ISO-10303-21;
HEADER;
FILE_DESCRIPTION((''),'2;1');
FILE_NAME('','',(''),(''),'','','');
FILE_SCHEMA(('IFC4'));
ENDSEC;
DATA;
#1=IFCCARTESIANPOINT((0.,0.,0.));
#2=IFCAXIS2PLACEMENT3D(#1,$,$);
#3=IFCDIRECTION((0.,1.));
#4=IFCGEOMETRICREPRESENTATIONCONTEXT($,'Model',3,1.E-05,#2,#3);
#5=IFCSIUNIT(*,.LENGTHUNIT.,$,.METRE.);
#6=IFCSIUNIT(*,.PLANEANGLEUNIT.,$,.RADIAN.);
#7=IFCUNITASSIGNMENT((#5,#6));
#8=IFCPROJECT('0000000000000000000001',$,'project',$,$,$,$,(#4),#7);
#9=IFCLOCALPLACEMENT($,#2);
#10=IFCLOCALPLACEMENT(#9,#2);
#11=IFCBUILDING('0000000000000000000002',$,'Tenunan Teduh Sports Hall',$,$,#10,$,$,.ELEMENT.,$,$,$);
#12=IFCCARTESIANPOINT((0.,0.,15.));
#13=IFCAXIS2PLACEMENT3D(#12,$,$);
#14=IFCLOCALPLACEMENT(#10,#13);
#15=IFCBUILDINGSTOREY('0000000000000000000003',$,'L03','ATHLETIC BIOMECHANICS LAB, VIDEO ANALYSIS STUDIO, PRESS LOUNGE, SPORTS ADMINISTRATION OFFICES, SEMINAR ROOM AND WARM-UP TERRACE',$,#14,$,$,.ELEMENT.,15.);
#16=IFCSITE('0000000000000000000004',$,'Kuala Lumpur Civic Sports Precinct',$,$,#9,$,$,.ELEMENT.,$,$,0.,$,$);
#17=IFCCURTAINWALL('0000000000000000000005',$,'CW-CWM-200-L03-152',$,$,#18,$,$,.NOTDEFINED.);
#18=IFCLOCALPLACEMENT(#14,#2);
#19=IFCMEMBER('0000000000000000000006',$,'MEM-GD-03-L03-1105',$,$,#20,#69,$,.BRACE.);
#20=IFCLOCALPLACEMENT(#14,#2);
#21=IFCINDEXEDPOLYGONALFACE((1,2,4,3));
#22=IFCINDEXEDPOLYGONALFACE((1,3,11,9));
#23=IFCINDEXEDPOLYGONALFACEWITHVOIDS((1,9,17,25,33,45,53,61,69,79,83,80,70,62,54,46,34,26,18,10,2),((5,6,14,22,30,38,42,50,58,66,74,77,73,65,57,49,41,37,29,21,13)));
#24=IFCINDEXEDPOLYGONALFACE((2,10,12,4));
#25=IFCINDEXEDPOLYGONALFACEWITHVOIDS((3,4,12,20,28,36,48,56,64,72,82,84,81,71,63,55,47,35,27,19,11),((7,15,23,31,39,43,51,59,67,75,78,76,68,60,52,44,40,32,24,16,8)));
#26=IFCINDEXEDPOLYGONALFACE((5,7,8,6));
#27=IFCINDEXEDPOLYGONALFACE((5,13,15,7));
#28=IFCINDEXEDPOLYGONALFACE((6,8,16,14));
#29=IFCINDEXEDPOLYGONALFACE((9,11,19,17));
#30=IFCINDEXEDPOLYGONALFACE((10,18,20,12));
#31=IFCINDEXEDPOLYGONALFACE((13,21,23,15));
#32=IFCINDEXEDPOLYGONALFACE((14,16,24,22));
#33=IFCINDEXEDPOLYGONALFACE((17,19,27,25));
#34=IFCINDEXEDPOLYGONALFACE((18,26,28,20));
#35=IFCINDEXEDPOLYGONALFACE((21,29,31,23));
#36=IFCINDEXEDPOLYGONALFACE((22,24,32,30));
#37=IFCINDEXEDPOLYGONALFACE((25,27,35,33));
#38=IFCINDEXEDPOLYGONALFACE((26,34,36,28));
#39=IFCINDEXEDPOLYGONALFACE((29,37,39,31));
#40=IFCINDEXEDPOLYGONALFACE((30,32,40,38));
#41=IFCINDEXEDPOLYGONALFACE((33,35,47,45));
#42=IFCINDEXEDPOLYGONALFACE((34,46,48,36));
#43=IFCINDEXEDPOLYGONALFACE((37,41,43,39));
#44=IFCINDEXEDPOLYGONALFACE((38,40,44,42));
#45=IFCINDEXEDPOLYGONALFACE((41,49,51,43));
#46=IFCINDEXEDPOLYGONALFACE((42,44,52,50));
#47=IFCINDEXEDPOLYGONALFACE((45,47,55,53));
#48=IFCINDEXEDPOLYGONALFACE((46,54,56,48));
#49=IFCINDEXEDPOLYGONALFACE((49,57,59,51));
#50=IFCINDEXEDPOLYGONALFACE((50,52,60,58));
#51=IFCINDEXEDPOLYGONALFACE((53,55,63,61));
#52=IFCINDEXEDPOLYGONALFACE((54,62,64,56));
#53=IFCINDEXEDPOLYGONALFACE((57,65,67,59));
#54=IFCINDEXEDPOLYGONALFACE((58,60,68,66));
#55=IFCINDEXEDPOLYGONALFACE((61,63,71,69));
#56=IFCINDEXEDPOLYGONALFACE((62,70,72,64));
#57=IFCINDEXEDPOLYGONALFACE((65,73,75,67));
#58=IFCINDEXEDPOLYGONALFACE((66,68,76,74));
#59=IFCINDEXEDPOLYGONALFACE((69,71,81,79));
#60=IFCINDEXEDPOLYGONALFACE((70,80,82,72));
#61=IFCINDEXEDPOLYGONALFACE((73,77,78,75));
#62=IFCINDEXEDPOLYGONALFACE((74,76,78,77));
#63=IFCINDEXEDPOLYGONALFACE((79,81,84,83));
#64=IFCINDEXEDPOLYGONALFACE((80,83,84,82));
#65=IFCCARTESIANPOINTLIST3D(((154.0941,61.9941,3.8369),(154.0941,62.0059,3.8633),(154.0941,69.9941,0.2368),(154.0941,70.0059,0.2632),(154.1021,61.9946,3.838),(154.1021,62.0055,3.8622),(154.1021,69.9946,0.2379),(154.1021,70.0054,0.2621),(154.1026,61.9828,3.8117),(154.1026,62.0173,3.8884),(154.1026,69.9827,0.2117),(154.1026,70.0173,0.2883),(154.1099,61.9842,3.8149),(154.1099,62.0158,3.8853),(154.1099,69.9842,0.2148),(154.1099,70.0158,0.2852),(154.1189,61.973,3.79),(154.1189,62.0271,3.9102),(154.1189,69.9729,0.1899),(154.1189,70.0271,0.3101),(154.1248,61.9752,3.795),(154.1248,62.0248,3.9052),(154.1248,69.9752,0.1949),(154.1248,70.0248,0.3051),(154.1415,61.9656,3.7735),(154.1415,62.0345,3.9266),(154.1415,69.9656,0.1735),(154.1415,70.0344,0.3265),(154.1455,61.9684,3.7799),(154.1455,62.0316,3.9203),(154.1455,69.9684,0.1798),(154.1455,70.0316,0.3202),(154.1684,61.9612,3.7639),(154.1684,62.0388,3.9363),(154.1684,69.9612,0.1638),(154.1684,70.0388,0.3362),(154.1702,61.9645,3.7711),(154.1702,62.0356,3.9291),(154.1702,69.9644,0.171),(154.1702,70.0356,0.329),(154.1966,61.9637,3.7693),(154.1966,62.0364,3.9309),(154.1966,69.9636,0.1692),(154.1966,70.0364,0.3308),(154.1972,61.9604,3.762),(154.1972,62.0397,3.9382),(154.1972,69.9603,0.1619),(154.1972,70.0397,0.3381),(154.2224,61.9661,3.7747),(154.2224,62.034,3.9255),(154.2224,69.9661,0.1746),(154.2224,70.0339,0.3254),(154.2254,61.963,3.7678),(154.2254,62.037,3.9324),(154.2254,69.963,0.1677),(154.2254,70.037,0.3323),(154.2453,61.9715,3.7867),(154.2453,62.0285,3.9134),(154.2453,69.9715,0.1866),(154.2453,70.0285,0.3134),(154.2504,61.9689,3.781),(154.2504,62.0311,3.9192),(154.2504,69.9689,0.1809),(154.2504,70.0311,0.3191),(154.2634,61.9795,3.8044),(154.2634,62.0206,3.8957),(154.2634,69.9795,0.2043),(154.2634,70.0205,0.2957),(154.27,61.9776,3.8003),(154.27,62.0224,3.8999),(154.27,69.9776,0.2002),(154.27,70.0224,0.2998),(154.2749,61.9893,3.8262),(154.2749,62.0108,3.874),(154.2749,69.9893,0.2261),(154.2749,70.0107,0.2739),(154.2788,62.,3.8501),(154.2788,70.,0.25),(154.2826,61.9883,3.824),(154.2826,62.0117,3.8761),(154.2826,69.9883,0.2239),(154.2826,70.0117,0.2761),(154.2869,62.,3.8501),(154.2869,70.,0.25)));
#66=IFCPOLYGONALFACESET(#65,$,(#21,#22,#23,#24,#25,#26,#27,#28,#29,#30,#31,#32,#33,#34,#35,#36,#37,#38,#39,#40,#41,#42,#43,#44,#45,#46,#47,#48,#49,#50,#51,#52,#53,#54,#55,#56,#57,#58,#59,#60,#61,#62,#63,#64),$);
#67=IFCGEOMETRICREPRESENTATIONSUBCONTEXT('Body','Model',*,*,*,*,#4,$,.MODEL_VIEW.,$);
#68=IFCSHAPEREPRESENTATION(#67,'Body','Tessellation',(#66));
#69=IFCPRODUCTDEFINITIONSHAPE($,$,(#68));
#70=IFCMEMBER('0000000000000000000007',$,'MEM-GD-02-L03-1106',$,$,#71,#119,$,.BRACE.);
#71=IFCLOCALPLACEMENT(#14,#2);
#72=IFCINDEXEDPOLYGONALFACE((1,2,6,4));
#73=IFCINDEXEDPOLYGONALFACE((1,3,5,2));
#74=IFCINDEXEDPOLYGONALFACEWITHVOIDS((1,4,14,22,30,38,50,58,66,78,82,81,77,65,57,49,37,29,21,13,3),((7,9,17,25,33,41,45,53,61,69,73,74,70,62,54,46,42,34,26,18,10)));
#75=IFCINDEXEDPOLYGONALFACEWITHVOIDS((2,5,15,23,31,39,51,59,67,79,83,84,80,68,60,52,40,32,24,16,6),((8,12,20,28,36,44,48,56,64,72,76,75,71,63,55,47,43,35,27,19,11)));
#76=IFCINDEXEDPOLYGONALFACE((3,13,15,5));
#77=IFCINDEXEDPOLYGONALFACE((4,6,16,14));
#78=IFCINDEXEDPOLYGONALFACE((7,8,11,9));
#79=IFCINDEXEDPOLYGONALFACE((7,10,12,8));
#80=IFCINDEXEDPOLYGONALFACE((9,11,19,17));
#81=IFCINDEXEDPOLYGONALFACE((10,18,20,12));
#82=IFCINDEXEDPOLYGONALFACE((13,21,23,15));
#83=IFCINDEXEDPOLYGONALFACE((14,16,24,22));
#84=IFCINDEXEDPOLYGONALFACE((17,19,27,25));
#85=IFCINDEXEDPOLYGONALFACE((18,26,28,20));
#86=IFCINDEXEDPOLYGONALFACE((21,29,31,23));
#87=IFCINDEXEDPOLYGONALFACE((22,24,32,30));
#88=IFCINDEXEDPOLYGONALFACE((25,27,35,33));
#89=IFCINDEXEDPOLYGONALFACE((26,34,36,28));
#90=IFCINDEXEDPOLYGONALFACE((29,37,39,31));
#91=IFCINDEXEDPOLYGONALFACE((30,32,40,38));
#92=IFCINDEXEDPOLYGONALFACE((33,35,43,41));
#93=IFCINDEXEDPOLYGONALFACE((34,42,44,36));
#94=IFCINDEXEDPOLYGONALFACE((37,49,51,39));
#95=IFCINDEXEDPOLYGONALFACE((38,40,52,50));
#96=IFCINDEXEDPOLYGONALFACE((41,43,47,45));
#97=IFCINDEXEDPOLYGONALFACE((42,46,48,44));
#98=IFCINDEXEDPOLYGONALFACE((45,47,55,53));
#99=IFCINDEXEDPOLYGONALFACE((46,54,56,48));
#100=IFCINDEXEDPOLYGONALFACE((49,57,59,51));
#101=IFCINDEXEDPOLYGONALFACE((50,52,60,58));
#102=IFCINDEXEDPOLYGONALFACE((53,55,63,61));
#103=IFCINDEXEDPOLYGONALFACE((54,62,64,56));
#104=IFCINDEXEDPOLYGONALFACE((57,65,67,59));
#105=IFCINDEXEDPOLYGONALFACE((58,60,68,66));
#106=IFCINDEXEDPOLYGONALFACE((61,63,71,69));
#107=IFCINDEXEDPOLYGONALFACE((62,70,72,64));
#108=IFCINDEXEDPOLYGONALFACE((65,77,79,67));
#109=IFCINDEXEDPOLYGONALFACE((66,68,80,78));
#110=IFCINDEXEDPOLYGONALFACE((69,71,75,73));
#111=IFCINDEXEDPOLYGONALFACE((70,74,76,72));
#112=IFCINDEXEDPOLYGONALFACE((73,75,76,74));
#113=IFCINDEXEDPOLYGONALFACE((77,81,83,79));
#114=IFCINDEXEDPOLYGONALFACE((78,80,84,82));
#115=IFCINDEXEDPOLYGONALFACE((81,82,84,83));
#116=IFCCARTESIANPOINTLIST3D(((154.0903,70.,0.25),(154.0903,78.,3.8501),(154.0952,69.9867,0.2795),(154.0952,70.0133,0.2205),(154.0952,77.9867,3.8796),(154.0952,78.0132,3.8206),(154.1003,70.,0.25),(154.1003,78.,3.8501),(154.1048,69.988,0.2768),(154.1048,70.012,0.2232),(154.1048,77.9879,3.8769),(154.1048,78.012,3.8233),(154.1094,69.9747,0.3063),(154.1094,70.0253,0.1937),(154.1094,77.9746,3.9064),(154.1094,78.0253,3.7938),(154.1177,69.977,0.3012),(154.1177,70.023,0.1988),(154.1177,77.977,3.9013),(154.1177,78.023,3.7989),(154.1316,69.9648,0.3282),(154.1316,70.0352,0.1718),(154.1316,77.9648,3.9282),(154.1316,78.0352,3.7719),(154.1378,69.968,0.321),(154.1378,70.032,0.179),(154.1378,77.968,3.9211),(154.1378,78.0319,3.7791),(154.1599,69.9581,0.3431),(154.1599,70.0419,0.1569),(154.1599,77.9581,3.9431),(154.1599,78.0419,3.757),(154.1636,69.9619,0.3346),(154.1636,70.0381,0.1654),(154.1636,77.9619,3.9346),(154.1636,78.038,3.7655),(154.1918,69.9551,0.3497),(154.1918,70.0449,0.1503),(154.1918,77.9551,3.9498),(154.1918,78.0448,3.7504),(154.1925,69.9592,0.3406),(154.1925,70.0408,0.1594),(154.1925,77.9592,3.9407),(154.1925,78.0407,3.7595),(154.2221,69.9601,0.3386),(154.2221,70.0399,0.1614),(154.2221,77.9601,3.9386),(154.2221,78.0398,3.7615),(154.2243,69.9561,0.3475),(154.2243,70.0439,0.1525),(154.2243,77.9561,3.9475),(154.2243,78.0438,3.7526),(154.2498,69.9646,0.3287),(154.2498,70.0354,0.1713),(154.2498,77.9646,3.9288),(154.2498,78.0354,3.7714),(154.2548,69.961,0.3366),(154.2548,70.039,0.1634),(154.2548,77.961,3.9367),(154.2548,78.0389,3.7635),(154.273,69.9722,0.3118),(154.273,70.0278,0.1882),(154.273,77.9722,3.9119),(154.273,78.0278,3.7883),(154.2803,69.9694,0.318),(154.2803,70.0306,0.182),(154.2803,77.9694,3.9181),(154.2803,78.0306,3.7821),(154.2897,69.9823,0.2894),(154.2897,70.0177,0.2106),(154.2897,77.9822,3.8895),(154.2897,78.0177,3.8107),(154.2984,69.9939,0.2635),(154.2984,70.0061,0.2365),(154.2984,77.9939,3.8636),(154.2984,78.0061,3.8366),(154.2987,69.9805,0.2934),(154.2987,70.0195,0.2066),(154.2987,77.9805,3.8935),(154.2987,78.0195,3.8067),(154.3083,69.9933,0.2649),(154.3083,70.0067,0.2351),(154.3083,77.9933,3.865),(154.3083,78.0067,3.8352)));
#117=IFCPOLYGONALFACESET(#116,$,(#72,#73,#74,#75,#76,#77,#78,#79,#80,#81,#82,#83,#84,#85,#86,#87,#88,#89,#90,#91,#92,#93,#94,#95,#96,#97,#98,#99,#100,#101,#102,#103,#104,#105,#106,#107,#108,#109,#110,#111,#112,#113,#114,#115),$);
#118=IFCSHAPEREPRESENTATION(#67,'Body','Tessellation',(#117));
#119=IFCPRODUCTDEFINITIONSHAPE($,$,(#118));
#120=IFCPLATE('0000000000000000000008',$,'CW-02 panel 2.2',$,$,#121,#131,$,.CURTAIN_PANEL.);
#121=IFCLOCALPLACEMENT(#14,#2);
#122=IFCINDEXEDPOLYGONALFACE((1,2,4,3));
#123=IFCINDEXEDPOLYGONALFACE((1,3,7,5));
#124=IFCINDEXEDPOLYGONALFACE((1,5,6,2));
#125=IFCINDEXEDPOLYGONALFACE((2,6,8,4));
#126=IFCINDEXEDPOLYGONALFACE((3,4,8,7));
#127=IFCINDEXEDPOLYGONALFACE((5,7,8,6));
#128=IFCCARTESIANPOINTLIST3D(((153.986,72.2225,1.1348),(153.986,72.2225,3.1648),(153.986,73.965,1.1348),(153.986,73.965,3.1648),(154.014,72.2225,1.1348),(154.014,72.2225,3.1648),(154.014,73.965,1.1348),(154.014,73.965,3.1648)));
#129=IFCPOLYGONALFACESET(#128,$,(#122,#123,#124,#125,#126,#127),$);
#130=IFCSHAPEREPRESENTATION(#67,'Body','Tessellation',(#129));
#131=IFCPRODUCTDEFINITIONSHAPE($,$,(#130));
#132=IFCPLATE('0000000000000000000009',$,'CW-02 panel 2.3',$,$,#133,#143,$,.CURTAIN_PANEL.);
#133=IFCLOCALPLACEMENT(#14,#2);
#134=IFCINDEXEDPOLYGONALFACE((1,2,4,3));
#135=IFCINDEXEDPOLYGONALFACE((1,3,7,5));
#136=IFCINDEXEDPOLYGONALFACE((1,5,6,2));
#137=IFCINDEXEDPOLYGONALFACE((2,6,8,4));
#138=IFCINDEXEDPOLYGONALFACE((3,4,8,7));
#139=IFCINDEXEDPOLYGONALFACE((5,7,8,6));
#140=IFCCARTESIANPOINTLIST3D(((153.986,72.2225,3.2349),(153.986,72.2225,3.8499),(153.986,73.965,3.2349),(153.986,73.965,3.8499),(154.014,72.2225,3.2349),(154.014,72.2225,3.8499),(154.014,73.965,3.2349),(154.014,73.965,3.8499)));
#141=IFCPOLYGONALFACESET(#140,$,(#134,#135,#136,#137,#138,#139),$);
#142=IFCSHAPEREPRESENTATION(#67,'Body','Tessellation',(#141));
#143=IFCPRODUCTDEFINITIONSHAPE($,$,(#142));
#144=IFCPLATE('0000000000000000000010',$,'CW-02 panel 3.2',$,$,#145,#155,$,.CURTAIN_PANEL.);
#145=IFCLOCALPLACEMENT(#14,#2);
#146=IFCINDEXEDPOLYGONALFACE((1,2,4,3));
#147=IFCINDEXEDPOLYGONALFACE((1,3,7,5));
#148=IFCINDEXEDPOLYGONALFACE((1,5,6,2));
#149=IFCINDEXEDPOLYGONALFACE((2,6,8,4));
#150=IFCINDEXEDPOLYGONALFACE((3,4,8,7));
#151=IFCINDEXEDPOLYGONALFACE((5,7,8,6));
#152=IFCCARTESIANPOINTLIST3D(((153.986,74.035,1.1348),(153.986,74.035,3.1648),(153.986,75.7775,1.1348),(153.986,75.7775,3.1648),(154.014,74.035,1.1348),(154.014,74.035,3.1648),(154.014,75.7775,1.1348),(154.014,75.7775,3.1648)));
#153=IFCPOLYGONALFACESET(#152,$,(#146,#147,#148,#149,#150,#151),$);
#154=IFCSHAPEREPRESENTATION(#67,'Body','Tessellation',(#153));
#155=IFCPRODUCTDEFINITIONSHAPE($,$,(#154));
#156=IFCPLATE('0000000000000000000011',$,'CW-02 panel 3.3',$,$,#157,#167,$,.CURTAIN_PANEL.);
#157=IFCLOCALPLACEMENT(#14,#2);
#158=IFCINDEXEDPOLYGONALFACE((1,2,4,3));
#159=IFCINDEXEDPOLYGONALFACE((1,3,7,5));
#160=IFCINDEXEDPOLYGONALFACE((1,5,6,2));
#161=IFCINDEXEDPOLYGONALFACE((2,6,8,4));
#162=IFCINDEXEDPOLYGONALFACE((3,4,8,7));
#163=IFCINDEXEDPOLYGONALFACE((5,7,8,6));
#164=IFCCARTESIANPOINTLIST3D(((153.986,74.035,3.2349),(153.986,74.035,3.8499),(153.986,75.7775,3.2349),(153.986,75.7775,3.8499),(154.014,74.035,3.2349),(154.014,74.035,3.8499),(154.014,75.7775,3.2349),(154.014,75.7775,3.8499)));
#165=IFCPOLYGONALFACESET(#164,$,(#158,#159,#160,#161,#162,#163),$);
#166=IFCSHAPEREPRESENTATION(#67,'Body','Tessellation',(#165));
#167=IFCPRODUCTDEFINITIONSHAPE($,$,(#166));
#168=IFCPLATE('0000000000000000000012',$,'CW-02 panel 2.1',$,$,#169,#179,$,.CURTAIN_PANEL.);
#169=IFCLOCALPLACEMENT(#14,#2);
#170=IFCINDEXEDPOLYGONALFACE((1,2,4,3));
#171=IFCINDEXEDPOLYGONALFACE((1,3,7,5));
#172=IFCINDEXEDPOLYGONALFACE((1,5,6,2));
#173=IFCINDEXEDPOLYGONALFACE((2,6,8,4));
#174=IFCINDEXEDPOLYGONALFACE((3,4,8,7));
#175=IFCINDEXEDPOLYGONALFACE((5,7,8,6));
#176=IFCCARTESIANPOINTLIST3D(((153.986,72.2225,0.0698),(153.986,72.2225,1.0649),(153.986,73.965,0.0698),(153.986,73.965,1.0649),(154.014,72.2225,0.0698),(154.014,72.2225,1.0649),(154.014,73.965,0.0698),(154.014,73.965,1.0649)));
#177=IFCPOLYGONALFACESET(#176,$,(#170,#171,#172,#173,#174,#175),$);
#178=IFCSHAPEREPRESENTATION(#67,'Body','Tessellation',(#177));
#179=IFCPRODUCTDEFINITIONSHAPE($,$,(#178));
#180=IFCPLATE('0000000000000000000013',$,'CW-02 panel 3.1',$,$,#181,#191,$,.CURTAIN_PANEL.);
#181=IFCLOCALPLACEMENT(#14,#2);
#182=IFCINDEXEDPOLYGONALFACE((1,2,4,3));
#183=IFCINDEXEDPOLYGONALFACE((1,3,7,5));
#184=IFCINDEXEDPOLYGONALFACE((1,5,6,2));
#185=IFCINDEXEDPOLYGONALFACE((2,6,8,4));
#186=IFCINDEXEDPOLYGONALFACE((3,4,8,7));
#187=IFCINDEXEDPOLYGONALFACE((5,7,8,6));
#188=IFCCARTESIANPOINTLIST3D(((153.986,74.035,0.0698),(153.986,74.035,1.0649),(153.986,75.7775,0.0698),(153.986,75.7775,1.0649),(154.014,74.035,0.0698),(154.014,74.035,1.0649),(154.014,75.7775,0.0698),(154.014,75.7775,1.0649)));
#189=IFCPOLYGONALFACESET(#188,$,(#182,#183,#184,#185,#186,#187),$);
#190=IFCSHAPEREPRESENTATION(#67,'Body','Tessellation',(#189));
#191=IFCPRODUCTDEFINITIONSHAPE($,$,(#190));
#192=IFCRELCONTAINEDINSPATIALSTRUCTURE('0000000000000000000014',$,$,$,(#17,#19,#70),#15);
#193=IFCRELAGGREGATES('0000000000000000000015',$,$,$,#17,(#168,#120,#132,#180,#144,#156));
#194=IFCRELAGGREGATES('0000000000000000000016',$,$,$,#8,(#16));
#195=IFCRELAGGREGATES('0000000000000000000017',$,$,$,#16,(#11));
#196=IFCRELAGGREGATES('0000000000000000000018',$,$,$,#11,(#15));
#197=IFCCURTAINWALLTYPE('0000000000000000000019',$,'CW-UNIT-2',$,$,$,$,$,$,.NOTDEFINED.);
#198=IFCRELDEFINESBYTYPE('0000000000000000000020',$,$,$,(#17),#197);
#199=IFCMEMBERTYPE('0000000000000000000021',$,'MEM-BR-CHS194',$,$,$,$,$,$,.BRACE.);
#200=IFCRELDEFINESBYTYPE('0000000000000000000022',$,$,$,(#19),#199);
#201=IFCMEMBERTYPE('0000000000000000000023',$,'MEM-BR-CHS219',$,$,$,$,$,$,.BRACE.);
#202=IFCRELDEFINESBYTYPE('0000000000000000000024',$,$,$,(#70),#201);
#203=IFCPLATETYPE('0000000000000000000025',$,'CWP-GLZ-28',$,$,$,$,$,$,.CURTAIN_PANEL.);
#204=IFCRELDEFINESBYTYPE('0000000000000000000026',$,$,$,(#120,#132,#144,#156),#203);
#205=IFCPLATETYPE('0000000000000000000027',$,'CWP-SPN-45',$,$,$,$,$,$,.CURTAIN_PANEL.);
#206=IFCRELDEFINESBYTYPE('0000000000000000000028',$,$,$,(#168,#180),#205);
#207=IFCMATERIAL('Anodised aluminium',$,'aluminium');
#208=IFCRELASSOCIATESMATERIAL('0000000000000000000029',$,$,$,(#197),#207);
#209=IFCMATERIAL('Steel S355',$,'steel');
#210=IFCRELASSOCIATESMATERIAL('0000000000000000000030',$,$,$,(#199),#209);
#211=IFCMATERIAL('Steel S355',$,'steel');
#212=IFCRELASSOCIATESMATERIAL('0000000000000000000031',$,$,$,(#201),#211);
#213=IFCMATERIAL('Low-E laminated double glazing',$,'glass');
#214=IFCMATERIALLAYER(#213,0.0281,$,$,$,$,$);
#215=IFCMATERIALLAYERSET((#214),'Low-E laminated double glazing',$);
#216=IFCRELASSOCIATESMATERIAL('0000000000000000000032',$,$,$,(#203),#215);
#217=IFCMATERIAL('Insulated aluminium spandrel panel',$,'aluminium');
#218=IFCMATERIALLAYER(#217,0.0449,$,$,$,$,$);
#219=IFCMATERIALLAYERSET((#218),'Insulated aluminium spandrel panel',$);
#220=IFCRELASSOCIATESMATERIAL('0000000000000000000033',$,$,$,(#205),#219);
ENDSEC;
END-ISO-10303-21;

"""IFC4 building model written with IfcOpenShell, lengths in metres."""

from ifc_helpers import new_model, si_unit, direction, frame, origin, origin_2d, place, context, subcontext, project, spatial, rectangle, hollow_circle, extrude, material, layer, layer_set, material_profile, profile_set, type_object, element, aggregate, save


model = new_model("IFC4")

# Units and contexts
model_context = context("Model", 3, precision=1e-05, world=origin(), true_north=direction((0.0, 1.0)))
body_context = subcontext(model_context, "Body", "Model", "MODEL_VIEW")
ifc_project = project(units=[si_unit("LENGTHUNIT", "METRE"), si_unit("PLANEANGLEUNIT", "RADIAN")], contexts=[model_context])

# Site, building, storey
site_placement = place(None, origin())
site = spatial("IfcSite", under=ifc_project, at=site_placement, Name="Kuala Lumpur Civic Sports Precinct", CompositionType="ELEMENT", RefElevation=0.0)
building_placement = place(site_placement, origin())
building = spatial("IfcBuilding", under=site, at=building_placement, Name="Tenunan Teduh Sports Hall", CompositionType="ELEMENT")
storey_placement = place(building_placement, frame((0.0, 0.0, 15.0)))
storey = spatial("IfcBuildingStorey", under=building, at=storey_placement, Name="L03", Description="ATHLETIC BIOMECHANICS LAB, VIDEO ANALYSIS STUDIO, PRESS LOUNGE, SPORTS ADMINISTRATION OFFICES, SEMINAR ROOM AND WARM-UP TERRACE", CompositionType="ELEMENT", Elevation=15.0)

# Curtain wall
ifc_material_1 = material(Name="Anodised aluminium", Category="aluminium")
curtain_wall_type = type_object("IfcCurtainWallType", Name="CW-UNIT-2", PredefinedType="NOTDEFINED", material=ifc_material_1)
curtain_wall_placement = place(storey_placement, origin())
curtain_wall = element("IfcCurtainWall", 1, at=curtain_wall_placement, inside=storey, type_object=curtain_wall_type, Name="CW-CWM-200-L03-152", PredefinedType="NOTDEFINED")

# Members
ifc_material_2 = material(Name="Steel S355", Category="steel")
ifc_material_profile_1 = material_profile(ifc_material_2, hollow_circle(Radius=0.0969, WallThickness=0.0081, at=origin_2d()), Name="CHS 193.7x8.0")
ifc_profile_set_1 = profile_set([ifc_material_profile_1], Name="Steel S355")
member_type_1 = type_object("IfcMemberType", Name="MEM-BR-CHS194", PredefinedType="BRACE", material=ifc_profile_set_1)
member_1_placement = place(storey_placement, frame((154.1899, 70.0, 0.25), z_axis=(0.0, -0.911917, 0.410374), x_axis=(1.0, 0.0, 0.0)))
element("IfcMember", 2, at=member_1_placement, inside=storey, type_object=member_type_1, Name="MEM-GD-03-L03-1105", PredefinedType="BRACE", context=body_context, shape_type="SweptSolid", body=[
    extrude(hollow_circle(Radius=0.0969, WallThickness=0.0081, at=origin_2d()), origin(), (0.0, 0.0, 1.0), 8.7727),
])
ifc_material_3 = material(Name="Steel S355", Category="steel")
ifc_material_profile_2 = material_profile(ifc_material_3, hollow_circle(Radius=0.1096, WallThickness=0.01, at=origin_2d()), Name="CHS 219.1x10.0")
ifc_profile_set_2 = profile_set([ifc_material_profile_2], Name="Steel S355")
member_type_2 = type_object("IfcMemberType", Name="MEM-BR-CHS219", PredefinedType="BRACE", material=ifc_profile_set_2)
member_2_placement = place(storey_placement, frame((154.2, 70.0, 0.25), z_axis=(0.0, 0.911917, 0.410374), x_axis=(-1.0, 0.0, 0.0)))
element("IfcMember", 3, at=member_2_placement, inside=storey, type_object=member_type_2, Name="MEM-GD-02-L03-1106", PredefinedType="BRACE", context=body_context, shape_type="SweptSolid", body=[
    extrude(hollow_circle(Radius=0.1096, WallThickness=0.01, at=origin_2d()), origin(), (0.0, 0.0, 1.0), 8.7727),
])

# Plates
ifc_material_4 = material(Name="Low-E laminated double glazing", Category="glass")
ifc_layer_1 = layer(ifc_material_4, 0.0281)
ifc_layer_set_1 = layer_set([ifc_layer_1], Name="Low-E laminated double glazing")
plate_type_1 = type_object("IfcPlateType", Name="CWP-GLZ-28", PredefinedType="CURTAIN_PANEL", material=ifc_layer_set_1)
plate_1_placement = place(storey_placement, frame((154.0, 73.0938, 1.1348), z_axis=(0.0, 0.0, 1.0), x_axis=(0.0, 1.0, 0.0)))
plate_1 = element("IfcPlate", 4, at=plate_1_placement, type_object=plate_type_1, Name="CW-02 panel 2.2", PredefinedType="CURTAIN_PANEL", context=body_context, shape_type="SweptSolid", body=[
    extrude(rectangle(XDim=1.7424, YDim=0.0281, at=origin_2d()), origin(), (0.0, 0.0, 1.0), 2.03),
])
plate_2_placement = place(storey_placement, frame((154.0, 73.0938, 3.2349), z_axis=(0.0, 0.0, 1.0), x_axis=(0.0, 1.0, 0.0)))
plate_2 = element("IfcPlate", 5, at=plate_2_placement, type_object=plate_type_1, Name="CW-02 panel 2.3", PredefinedType="CURTAIN_PANEL", context=body_context, shape_type="SweptSolid", body=[
    extrude(rectangle(XDim=1.7424, YDim=0.0281, at=origin_2d()), origin(), (0.0, 0.0, 1.0), 0.615),
])
plate_3_placement = place(storey_placement, frame((154.0, 74.9062, 1.1348), z_axis=(0.0, 0.0, 1.0), x_axis=(0.0, 1.0, 0.0)))
plate_3 = element("IfcPlate", 6, at=plate_3_placement, type_object=plate_type_1, Name="CW-02 panel 3.2", PredefinedType="CURTAIN_PANEL", context=body_context, shape_type="SweptSolid", body=[
    extrude(rectangle(XDim=1.7424, YDim=0.0281, at=origin_2d()), origin(), (0.0, 0.0, 1.0), 2.03),
])
plate_4_placement = place(storey_placement, frame((154.0, 74.9062, 3.2349), z_axis=(0.0, 0.0, 1.0), x_axis=(0.0, 1.0, 0.0)))
plate_4 = element("IfcPlate", 7, at=plate_4_placement, type_object=plate_type_1, Name="CW-02 panel 3.3", PredefinedType="CURTAIN_PANEL", context=body_context, shape_type="SweptSolid", body=[
    extrude(rectangle(XDim=1.7424, YDim=0.0281, at=origin_2d()), origin(), (0.0, 0.0, 1.0), 0.615),
])
ifc_material_5 = material(Name="Insulated aluminium spandrel panel", Category="aluminium")
ifc_layer_2 = layer(ifc_material_5, 0.0449)
ifc_layer_set_2 = layer_set([ifc_layer_2], Name="Insulated aluminium spandrel panel")
plate_type_2 = type_object("IfcPlateType", Name="CWP-SPN-45", PredefinedType="CURTAIN_PANEL", material=ifc_layer_set_2)
plate_5_placement = place(storey_placement, frame((154.0, 73.0938, 0.0698), z_axis=(0.0, 0.0, 1.0), x_axis=(0.0, 1.0, 0.0)))
plate_5 = element("IfcPlate", 8, at=plate_5_placement, type_object=plate_type_2, Name="CW-02 panel 2.1", PredefinedType="CURTAIN_PANEL", context=body_context, shape_type="SweptSolid", body=[
    extrude(rectangle(XDim=1.7424, YDim=0.0281, at=origin_2d()), origin(), (0.0, 0.0, 1.0), 0.9951),
])
plate_6_placement = place(storey_placement, frame((154.0, 74.9062, 0.0698), z_axis=(0.0, 0.0, 1.0), x_axis=(0.0, 1.0, 0.0)))
plate_6 = element("IfcPlate", 9, at=plate_6_placement, type_object=plate_type_2, Name="CW-02 panel 3.1", PredefinedType="CURTAIN_PANEL", context=body_context, shape_type="SweptSolid", body=[
    extrude(rectangle(XDim=1.7424, YDim=0.0281, at=origin_2d()), origin(), (0.0, 0.0, 1.0), 0.9951),
])
aggregate(curtain_wall, [plate_5, plate_1, plate_2, plate_6, plate_3, plate_4])

save(model, "model.ifc")
